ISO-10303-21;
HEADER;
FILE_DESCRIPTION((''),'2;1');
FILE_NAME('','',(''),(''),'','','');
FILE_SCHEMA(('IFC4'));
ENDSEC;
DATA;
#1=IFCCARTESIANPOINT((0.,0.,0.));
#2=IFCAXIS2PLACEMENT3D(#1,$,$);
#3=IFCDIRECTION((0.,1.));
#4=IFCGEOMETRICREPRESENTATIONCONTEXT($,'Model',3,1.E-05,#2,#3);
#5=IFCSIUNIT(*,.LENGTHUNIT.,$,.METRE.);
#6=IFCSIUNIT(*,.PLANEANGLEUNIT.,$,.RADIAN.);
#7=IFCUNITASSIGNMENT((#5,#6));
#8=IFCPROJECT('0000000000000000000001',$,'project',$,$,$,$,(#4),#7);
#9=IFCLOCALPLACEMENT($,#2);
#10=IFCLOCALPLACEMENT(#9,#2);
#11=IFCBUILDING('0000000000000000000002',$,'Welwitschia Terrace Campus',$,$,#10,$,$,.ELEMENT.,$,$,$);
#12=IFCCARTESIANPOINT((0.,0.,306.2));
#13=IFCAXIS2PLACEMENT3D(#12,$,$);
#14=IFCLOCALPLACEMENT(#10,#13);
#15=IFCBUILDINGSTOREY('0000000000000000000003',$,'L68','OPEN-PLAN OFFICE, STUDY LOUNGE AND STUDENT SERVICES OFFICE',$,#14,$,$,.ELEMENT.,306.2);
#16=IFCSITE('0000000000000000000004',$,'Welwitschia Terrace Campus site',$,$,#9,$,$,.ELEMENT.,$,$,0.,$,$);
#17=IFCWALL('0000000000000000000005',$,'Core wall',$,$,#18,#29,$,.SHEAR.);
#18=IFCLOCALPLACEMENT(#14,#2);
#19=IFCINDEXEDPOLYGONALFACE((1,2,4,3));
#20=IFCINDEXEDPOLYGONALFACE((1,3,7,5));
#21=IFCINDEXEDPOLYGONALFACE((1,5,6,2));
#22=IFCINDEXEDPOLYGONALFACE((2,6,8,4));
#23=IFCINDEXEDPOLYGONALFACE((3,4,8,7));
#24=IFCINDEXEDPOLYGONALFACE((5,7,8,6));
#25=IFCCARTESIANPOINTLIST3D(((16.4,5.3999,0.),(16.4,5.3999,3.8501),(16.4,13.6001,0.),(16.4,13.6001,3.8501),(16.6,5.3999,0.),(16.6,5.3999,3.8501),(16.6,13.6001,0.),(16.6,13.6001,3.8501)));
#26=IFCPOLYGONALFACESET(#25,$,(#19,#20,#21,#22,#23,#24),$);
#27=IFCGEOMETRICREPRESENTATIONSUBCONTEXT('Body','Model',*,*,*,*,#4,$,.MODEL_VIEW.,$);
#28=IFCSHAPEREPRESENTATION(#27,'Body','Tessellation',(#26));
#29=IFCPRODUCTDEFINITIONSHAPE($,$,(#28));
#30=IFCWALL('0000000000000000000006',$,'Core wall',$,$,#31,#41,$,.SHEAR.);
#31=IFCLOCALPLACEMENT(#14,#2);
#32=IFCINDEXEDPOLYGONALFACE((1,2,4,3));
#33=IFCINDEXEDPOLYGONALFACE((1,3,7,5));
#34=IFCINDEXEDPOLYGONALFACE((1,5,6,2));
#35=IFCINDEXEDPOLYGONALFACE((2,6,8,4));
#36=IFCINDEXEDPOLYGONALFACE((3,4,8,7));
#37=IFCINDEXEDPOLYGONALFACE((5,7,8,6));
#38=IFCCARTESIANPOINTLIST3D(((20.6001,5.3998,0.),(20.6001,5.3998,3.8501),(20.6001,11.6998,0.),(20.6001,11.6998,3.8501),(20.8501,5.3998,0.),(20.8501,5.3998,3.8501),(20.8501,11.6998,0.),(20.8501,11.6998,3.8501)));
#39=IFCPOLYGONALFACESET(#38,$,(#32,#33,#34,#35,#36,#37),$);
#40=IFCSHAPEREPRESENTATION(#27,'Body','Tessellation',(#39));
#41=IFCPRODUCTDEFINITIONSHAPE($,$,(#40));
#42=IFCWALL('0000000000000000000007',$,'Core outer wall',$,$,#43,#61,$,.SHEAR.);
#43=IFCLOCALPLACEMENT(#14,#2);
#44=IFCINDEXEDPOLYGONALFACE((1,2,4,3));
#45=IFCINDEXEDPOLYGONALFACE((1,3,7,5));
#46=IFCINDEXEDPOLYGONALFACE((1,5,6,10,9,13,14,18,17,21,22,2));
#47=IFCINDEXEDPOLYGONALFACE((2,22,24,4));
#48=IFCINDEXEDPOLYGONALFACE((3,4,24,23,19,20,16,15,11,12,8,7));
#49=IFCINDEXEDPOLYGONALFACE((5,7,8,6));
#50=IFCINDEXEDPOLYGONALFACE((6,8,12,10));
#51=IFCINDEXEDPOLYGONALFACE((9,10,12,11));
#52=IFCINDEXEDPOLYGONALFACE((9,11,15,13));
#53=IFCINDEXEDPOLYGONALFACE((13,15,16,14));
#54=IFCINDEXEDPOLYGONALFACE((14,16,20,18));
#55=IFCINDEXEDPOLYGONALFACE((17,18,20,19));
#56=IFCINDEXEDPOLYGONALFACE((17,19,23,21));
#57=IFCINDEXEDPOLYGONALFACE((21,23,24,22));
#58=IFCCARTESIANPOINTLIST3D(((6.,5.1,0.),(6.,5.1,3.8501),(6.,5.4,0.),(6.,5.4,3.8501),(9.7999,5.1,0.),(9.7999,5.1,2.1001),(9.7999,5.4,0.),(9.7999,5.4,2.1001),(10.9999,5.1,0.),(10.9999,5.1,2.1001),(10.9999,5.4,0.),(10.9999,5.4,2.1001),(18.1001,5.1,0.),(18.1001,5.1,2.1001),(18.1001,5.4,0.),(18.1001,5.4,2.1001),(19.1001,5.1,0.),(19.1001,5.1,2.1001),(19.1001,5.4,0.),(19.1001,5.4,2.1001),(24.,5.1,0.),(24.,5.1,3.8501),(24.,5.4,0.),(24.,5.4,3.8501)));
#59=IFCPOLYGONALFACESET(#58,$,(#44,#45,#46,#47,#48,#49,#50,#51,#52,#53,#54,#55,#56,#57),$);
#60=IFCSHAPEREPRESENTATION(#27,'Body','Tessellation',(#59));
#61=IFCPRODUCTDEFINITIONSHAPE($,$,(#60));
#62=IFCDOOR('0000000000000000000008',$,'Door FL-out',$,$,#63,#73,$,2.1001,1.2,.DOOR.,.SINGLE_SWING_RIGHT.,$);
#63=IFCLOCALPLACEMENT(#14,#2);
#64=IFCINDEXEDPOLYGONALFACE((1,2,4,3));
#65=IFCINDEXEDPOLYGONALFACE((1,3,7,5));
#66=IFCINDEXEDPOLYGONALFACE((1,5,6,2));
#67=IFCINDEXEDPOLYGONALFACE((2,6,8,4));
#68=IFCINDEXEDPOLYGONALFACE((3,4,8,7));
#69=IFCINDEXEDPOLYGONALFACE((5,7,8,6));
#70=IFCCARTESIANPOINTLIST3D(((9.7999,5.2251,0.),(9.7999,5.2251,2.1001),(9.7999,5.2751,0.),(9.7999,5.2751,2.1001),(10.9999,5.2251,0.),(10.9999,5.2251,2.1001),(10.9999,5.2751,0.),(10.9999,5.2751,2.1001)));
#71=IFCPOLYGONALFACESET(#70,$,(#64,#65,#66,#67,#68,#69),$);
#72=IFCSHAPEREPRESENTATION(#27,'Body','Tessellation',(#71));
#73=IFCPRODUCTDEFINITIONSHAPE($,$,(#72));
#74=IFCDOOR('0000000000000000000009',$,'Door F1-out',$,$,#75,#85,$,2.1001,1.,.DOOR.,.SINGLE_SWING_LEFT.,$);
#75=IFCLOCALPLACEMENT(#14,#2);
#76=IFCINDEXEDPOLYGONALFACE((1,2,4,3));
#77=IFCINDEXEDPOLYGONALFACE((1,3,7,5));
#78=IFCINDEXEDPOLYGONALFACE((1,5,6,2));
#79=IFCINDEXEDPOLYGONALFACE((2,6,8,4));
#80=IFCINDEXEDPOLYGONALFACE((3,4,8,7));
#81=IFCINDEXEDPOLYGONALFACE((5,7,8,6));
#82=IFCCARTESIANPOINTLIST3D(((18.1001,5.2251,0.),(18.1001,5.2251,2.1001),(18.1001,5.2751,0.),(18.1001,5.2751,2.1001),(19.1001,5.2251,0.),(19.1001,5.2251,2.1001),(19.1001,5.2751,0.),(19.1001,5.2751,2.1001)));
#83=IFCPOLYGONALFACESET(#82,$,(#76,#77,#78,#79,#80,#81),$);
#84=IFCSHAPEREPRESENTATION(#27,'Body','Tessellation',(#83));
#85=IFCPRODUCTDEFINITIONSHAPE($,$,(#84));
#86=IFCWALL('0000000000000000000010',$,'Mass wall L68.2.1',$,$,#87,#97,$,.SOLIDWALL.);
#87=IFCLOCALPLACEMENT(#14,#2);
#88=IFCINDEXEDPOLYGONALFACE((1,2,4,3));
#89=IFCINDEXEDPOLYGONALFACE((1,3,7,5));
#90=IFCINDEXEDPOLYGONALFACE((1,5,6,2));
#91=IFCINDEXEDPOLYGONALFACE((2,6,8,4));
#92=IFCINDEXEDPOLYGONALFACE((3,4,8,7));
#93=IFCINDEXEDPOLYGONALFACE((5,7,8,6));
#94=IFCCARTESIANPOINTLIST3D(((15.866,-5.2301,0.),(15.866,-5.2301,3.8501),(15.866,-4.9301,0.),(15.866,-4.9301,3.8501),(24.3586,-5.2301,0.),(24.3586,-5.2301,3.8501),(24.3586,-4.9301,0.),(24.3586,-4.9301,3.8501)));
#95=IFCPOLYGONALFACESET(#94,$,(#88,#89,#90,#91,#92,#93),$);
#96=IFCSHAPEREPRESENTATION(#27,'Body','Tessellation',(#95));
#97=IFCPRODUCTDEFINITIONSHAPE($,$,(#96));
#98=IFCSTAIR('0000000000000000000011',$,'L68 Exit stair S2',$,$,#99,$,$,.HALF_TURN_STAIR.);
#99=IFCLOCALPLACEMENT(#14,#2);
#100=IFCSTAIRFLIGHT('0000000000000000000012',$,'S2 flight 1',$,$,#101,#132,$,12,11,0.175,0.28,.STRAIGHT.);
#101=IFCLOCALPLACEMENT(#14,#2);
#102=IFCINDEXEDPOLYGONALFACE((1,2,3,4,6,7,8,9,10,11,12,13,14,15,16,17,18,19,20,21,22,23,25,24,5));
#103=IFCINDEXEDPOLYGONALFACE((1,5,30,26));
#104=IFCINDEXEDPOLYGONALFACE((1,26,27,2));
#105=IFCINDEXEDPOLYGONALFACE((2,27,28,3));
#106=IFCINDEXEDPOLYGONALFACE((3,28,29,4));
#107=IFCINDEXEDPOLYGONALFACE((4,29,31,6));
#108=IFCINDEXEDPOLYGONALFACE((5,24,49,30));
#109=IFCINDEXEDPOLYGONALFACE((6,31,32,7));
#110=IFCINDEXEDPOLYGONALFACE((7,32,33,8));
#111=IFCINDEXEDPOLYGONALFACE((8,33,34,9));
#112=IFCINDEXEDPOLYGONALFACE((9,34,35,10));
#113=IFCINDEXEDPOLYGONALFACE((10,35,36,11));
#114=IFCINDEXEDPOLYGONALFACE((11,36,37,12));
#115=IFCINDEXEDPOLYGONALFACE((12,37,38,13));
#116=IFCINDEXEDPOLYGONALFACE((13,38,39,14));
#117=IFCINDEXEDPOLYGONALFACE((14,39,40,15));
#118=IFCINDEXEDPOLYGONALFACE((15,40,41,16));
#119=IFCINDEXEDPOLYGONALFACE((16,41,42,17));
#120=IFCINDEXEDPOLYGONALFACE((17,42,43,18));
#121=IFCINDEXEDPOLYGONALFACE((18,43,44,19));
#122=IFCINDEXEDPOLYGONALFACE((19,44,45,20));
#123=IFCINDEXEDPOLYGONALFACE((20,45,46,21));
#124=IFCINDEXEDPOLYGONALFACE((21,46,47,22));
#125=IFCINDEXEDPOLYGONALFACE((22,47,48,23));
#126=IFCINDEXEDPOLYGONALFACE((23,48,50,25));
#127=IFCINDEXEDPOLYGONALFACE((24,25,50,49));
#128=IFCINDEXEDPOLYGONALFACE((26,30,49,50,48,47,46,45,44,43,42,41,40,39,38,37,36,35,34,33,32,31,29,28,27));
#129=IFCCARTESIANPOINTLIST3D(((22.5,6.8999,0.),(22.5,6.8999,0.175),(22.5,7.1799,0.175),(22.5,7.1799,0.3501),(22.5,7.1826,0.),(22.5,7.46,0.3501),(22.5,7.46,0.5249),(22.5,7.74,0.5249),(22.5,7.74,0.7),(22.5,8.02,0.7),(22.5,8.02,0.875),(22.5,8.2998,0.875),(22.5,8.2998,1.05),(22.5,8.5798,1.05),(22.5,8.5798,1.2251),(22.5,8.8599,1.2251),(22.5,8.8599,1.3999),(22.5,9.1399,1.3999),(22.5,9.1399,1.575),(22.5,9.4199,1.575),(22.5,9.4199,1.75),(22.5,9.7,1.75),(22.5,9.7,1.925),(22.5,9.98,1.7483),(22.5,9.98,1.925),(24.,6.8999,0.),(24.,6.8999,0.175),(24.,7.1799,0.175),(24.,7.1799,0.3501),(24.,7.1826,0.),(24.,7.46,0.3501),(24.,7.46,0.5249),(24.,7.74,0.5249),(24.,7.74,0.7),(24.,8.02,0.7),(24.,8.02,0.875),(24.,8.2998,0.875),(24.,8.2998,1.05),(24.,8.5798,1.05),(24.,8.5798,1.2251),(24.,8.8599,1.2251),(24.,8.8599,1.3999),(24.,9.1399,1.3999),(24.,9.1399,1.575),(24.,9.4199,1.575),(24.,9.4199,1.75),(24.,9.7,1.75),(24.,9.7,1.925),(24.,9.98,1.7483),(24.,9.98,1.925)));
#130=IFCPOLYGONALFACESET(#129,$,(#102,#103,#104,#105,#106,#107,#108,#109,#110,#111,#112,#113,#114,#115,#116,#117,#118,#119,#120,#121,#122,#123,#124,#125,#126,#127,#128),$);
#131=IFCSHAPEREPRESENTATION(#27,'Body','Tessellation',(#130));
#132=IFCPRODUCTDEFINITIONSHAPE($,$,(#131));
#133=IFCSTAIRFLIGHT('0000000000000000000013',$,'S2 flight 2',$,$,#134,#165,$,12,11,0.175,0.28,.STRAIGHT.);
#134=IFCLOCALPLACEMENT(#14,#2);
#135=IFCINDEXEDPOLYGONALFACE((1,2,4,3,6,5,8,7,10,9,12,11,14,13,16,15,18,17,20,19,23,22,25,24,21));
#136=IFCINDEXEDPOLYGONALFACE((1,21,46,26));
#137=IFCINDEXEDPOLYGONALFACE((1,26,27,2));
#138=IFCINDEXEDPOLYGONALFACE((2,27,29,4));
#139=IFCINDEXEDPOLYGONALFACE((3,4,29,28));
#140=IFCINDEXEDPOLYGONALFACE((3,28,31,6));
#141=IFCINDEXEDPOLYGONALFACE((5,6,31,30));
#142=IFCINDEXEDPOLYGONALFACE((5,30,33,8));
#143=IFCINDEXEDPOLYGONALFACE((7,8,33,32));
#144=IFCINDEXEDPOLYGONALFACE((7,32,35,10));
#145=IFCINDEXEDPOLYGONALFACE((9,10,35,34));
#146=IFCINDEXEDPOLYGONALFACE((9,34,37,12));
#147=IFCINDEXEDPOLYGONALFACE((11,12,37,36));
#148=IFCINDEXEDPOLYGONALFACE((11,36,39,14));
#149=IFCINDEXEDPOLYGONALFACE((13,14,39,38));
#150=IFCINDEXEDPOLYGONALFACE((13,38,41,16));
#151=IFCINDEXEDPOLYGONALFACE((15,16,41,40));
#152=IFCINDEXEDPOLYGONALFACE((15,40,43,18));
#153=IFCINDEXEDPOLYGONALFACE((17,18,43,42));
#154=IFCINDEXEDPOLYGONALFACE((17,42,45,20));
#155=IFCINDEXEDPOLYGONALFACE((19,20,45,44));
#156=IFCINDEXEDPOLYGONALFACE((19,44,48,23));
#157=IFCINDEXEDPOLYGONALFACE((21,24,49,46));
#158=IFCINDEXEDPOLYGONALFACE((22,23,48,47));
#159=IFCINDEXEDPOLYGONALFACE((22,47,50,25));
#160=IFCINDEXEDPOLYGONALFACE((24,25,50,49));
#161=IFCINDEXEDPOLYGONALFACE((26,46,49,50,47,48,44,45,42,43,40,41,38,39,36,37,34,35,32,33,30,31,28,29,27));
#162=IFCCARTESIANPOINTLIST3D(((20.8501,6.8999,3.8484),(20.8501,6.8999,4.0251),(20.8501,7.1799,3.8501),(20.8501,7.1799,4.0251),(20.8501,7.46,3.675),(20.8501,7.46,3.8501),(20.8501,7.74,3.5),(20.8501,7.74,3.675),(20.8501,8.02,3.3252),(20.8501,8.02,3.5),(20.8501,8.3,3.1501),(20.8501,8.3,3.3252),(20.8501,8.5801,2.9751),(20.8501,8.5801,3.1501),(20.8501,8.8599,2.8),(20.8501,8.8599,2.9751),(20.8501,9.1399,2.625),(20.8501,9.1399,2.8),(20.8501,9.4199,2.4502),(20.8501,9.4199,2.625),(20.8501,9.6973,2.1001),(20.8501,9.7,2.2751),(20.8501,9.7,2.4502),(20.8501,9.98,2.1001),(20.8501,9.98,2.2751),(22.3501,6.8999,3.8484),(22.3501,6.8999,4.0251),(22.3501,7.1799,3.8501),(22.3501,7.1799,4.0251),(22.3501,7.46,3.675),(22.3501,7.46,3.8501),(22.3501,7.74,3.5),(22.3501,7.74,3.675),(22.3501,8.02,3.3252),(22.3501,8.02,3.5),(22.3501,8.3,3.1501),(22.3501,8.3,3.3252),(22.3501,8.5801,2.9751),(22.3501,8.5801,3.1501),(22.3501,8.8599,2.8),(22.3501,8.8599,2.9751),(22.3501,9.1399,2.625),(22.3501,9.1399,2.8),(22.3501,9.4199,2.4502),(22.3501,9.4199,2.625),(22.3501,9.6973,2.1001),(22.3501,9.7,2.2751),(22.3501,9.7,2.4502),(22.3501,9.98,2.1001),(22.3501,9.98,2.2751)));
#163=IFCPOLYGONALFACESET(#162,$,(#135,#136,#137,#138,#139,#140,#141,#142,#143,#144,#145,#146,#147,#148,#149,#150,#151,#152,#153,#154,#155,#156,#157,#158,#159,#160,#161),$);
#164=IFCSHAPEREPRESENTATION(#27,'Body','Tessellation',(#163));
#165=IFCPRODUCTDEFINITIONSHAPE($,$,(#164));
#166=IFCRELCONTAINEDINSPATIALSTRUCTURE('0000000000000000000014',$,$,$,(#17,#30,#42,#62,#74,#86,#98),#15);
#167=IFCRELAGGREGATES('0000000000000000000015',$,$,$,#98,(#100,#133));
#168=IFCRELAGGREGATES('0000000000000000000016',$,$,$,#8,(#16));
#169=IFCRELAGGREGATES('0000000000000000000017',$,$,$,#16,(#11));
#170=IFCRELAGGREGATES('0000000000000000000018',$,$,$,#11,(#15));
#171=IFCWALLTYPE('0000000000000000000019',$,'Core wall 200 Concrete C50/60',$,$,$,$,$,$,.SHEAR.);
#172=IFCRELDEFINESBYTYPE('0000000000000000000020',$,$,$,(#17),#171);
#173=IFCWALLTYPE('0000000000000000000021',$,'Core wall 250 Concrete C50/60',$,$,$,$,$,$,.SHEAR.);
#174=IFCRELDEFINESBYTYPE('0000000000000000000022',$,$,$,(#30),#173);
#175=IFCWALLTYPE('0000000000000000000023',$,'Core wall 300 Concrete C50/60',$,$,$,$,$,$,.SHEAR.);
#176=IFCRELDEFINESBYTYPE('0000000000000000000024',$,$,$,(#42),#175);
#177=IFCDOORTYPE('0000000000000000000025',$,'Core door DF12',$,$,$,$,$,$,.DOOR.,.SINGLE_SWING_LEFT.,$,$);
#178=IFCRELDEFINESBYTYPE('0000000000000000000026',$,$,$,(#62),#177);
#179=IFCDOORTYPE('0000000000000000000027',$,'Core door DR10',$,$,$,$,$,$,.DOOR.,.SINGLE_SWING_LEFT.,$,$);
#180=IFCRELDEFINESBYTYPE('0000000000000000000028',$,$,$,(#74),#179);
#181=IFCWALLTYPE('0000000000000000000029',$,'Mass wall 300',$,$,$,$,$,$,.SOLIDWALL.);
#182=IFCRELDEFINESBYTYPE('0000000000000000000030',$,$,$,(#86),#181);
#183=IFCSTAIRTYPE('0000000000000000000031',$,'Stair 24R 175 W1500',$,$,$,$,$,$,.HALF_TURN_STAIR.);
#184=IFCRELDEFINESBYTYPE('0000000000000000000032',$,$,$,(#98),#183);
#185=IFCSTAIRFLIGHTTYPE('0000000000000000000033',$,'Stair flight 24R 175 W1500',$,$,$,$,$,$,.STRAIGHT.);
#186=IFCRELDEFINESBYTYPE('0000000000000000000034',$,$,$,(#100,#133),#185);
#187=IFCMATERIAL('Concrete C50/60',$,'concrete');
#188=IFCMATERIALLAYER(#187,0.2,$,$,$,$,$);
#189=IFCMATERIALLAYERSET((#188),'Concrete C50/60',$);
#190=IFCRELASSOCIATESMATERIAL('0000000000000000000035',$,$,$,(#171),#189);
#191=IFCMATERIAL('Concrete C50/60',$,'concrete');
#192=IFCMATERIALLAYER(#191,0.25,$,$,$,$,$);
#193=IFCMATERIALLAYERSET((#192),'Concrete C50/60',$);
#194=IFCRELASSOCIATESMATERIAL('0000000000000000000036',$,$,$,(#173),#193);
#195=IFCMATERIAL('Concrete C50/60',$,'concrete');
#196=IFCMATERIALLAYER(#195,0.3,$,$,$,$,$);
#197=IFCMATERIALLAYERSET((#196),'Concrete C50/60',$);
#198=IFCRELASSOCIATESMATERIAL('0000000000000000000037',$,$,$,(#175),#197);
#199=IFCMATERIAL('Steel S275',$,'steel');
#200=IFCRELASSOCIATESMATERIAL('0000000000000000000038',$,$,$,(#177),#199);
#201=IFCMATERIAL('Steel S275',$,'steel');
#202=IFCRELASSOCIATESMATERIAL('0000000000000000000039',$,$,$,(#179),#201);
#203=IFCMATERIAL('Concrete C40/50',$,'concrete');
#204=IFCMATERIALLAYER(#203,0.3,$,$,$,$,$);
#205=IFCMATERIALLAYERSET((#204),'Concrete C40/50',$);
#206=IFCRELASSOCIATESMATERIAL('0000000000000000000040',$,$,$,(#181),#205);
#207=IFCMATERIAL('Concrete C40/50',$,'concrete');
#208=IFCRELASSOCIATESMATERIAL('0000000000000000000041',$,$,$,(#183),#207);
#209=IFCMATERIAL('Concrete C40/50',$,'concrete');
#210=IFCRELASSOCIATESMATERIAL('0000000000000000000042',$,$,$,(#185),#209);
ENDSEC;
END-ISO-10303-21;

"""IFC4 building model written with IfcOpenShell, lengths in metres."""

from ifc_helpers import new_model, si_unit, direction, frame, frame_2d, origin, place, context, subcontext, project, spatial, polyline, rectangle, outline, extrude, material, layer, layer_set, type_object, element, fill, aggregate, save


model = new_model("IFC4")

# Units and contexts
model_context = context("Model", 3, precision=1e-05, world=origin(), true_north=direction((0.0, 1.0)))
body_context = subcontext(model_context, "Body", "Model", "MODEL_VIEW")
ifc_project = project(units=[si_unit("LENGTHUNIT", "METRE"), si_unit("PLANEANGLEUNIT", "RADIAN")], contexts=[model_context])

# Site, building, storey
site_placement = place(None, origin())
site = spatial("IfcSite", under=ifc_project, at=site_placement, Name="Welwitschia Terrace Campus site", CompositionType="ELEMENT", RefElevation=0.0)
building_placement = place(site_placement, origin())
building = spatial("IfcBuilding", under=site, at=building_placement, Name="Welwitschia Terrace Campus", CompositionType="ELEMENT")
storey_placement = place(building_placement, frame((0.0, 0.0, 306.2)))
storey = spatial("IfcBuildingStorey", under=building, at=storey_placement, Name="L68", Description="OPEN-PLAN OFFICE, STUDY LOUNGE AND STUDENT SERVICES OFFICE", CompositionType="ELEMENT", Elevation=306.2)

# Walls
ifc_material_1 = material(Name="Concrete C50/60", Category="concrete")
ifc_layer_1 = layer(ifc_material_1, 0.2)
ifc_layer_set_1 = layer_set([ifc_layer_1], Name="Concrete C50/60")
wall_type_1 = type_object("IfcWallType", Name="Core wall 200 Concrete C50/60", PredefinedType="SHEAR", material=ifc_layer_set_1)
wall_1_placement = place(storey_placement, frame((16.5, 5.3999, 0.0), z_axis=(0.0, 0.0, 1.0), x_axis=(0.0, 1.0, 0.0)))
element("IfcWall", 1, at=wall_1_placement, inside=storey, type_object=wall_type_1, Name="Core wall", PredefinedType="SHEAR", context=body_context, shape_type="SweptSolid", body=[
    extrude(rectangle(XDim=8.2002, YDim=0.2, at=frame_2d((4.1001, 0.0))), origin(), (0.0, 0.0, 1.0), 3.8501),
])
ifc_material_2 = material(Name="Concrete C50/60", Category="concrete")
ifc_layer_2 = layer(ifc_material_2, 0.25)
ifc_layer_set_2 = layer_set([ifc_layer_2], Name="Concrete C50/60")
wall_type_2 = type_object("IfcWallType", Name="Core wall 250 Concrete C50/60", PredefinedType="SHEAR", material=ifc_layer_set_2)
wall_2_placement = place(storey_placement, frame((20.7251, 5.3999, 0.0), z_axis=(0.0, 0.0, 1.0), x_axis=(0.0, 1.0, 0.0)))
element("IfcWall", 2, at=wall_2_placement, inside=storey, type_object=wall_type_2, Name="Core wall", PredefinedType="SHEAR", context=body_context, shape_type="SweptSolid", body=[
    extrude(rectangle(XDim=6.3, YDim=0.25, at=frame_2d((3.1499, 0.0))), origin(), (0.0, 0.0, 1.0), 3.8501),
])

# Wall, openings, doors
ifc_material_3 = material(Name="Concrete C50/60", Category="concrete")
ifc_layer_3 = layer(ifc_material_3, 0.3)
ifc_layer_set_3 = layer_set([ifc_layer_3], Name="Concrete C50/60")
wall_type_3 = type_object("IfcWallType", Name="Core wall 300 Concrete C50/60", PredefinedType="SHEAR", material=ifc_layer_set_3)
wall_3_placement = place(storey_placement, frame((24.0, 5.25, 0.0), z_axis=(0.0, 0.0, 1.0), x_axis=(-1.0, 0.0, 0.0)))
wall_3 = element("IfcWall", 3, at=wall_3_placement, inside=storey, type_object=wall_type_3, Name="Core outer wall", PredefinedType="SHEAR", context=body_context, shape_type="SweptSolid", body=[
    extrude(rectangle(XDim=18.0, YDim=0.3, at=frame_2d((9.0, 0.0))), origin(), (0.0, 0.0, 1.0), 3.8501),
])
opening_1_placement = place(wall_3_placement, frame((13.0, 0.0, 0.0)))
opening_1 = element("IfcOpeningElement", 4, at=opening_1_placement, cuts=wall_3, PredefinedType="OPENING", context=body_context, shape_type="SweptSolid", body=[
    extrude(rectangle(XDim=1.2, YDim=2.1001, at=frame_2d((0.6001, 1.05))), frame((0.0, 0.1599, 0.0), z_axis=(0.0, -1.0, 0.0), x_axis=(1.0, 0.0, 0.0)), (0.0, 0.0, 1.0), 0.3201),
])
opening_2_placement = place(wall_3_placement, frame((4.8999, 0.0, 0.0)))
opening_2 = element("IfcOpeningElement", 5, at=opening_2_placement, cuts=wall_3, PredefinedType="OPENING", context=body_context, shape_type="SweptSolid", body=[
    extrude(rectangle(XDim=1.0, YDim=2.1001, at=frame_2d((0.5, 1.05))), frame((0.0, 0.1599, 0.0), z_axis=(0.0, -1.0, 0.0), x_axis=(1.0, 0.0, 0.0)), (0.0, 0.0, 1.0), 0.3201),
])
ifc_material_4 = material(Name="Steel S275", Category="steel")
door_type_1 = type_object("IfcDoorType", Name="Core door DF12", OperationType="SINGLE_SWING_LEFT", PredefinedType="DOOR", material=ifc_material_4)
door_1_placement = place(opening_1_placement, origin())
door_1 = element("IfcDoor", 6, at=door_1_placement, inside=storey, type_object=door_type_1, Name="Door FL-out", OperationType="SINGLE_SWING_RIGHT", OverallHeight=2.1001, OverallWidth=1.2, PredefinedType="DOOR", context=body_context, shape_type="SweptSolid", body=[
    extrude(rectangle(XDim=1.2, YDim=2.1001, at=frame_2d((0.6001, 1.05))), frame((0.0, 0.0249, 0.0), z_axis=(0.0, -1.0, 0.0), x_axis=(1.0, 0.0, 0.0)), (0.0, 0.0, 1.0), 0.05),
])
fill(opening_1, door_1)
ifc_material_5 = material(Name="Steel S275", Category="steel")
door_type_2 = type_object("IfcDoorType", Name="Core door DR10", OperationType="SINGLE_SWING_LEFT", PredefinedType="DOOR", material=ifc_material_5)
door_2_placement = place(opening_2_placement, origin())
door_2 = element("IfcDoor", 7, at=door_2_placement, inside=storey, type_object=door_type_2, Name="Door F1-out", OperationType="SINGLE_SWING_LEFT", OverallHeight=2.1001, OverallWidth=1.0, PredefinedType="DOOR", context=body_context, shape_type="SweptSolid", body=[
    extrude(rectangle(XDim=1.0, YDim=2.1001, at=frame_2d((0.5, 1.05))), frame((0.0, 0.0249, 0.0), z_axis=(0.0, -1.0, 0.0), x_axis=(1.0, 0.0, 0.0)), (0.0, 0.0, 1.0), 0.05),
])
fill(opening_2, door_2)

# Wall
ifc_material_6 = material(Name="Concrete C40/50", Category="concrete")
ifc_layer_4 = layer(ifc_material_6, 0.3)
ifc_layer_set_4 = layer_set([ifc_layer_4], Name="Concrete C40/50")
wall_type_4 = type_object("IfcWallType", Name="Mass wall 300", PredefinedType="SOLIDWALL", material=ifc_layer_set_4)
wall_4_placement = place(storey_placement, frame((15.866, -5.0801, 0.0), z_axis=(0.0, 0.0, 1.0), x_axis=(1.0, 0.0, 0.0)))
element("IfcWall", 8, at=wall_4_placement, inside=storey, type_object=wall_type_4, Name="Mass wall L68.2.1", PredefinedType="SOLIDWALL", context=body_context, shape_type="SweptSolid", body=[
    extrude(rectangle(XDim=8.4927, YDim=0.3, at=frame_2d((4.2463, 0.0))), origin(), (0.0, 0.0, 1.0), 3.8501),
])

# Stair, stair flights
ifc_material_7 = material(Name="Concrete C40/50", Category="concrete")
stair_type = type_object("IfcStairType", Name="Stair 24R 175 W1500", PredefinedType="HALF_TURN_STAIR", material=ifc_material_7)
stair_placement = place(storey_placement, origin())
stair = element("IfcStair", 9, at=stair_placement, inside=storey, type_object=stair_type, Name="L68 Exit stair S2", PredefinedType="HALF_TURN_STAIR")
ifc_material_8 = material(Name="Concrete C40/50", Category="concrete")
stair_flight_type = type_object("IfcStairFlightType", Name="Stair flight 24R 175 W1500", PredefinedType="STRAIGHT", material=ifc_material_8)
stair_flight_1_placement = place(storey_placement, frame((23.25, 6.8999, 0.0), z_axis=(0.0, 0.0, 1.0), x_axis=(0.0, 1.0, 0.0)))
stair_flight_1 = element("IfcStairFlight", 10, at=stair_flight_1_placement, type_object=stair_flight_type, Name="S2 flight 1", NumberOfRisers=12, NumberOfTreads=11, PredefinedType="STRAIGHT", RiserHeight=0.175, TreadLength=0.28, context=body_context, shape_type="SweptSolid", body=[
    extrude(outline(polyline([(0.0, 0.0), (0.0, 0.175), (0.28, 0.175), (0.28, 0.3501), (0.5601, 0.3501), (0.5601, 0.5249), (0.8401, 0.5249), (0.8401, 0.7), (1.1201, 0.7), (1.1201, 0.875), (1.3999, 0.875), (1.3999, 1.05), (1.6799, 1.05), (1.6799, 1.2251), (1.96, 1.2251), (1.96, 1.3999), (2.24, 1.3999), (2.24, 1.575), (2.52, 1.575), (2.52, 1.75), (2.8, 1.75), (2.8, 1.925), (3.0801, 1.925), (3.0801, 2.1001), (3.0801, 1.7483), (0.2827, 0.0), (0.0, 0.0)])), frame((0.0, 0.75, 0.0), z_axis=(0.0, -1.0, 0.0), x_axis=(1.0, 0.0, 0.0)), (0.0, 0.0, 1.0), 1.5),
])
stair_flight_2_placement = place(storey_placement, frame((21.6001, 9.98, 2.1001), z_axis=(0.0, 0.0, 1.0), x_axis=(0.0, -1.0, 0.0)))
stair_flight_2 = element("IfcStairFlight", 11, at=stair_flight_2_placement, type_object=stair_flight_type, Name="S2 flight 2", NumberOfRisers=12, NumberOfTreads=11, PredefinedType="STRAIGHT", RiserHeight=0.175, TreadLength=0.28, context=body_context, shape_type="SweptSolid", body=[
    extrude(outline(polyline([(0.0, 0.0), (0.0, 0.175), (0.28, 0.175), (0.28, 0.3501), (0.5601, 0.3501), (0.5601, 0.5249), (0.8401, 0.5249), (0.8401, 0.7), (1.1201, 0.7), (1.1201, 0.875), (1.3999, 0.875), (1.3999, 1.05), (1.6799, 1.05), (1.6799, 1.2251), (1.96, 1.2251), (1.96, 1.3999), (2.24, 1.3999), (2.24, 1.575), (2.52, 1.575), (2.52, 1.75), (2.8, 1.75), (2.8, 1.925), (3.0801, 1.925), (3.0801, 2.1001), (3.0801, 1.7483), (0.2827, 0.0), (0.0, 0.0)])), frame((0.0, 0.75, 0.0), z_axis=(0.0, -1.0, 0.0), x_axis=(1.0, 0.0, 0.0)), (0.0, 0.0, 1.0), 1.5),
])
aggregate(stair, [stair_flight_1, stair_flight_2])

save(model, "model.ifc")
